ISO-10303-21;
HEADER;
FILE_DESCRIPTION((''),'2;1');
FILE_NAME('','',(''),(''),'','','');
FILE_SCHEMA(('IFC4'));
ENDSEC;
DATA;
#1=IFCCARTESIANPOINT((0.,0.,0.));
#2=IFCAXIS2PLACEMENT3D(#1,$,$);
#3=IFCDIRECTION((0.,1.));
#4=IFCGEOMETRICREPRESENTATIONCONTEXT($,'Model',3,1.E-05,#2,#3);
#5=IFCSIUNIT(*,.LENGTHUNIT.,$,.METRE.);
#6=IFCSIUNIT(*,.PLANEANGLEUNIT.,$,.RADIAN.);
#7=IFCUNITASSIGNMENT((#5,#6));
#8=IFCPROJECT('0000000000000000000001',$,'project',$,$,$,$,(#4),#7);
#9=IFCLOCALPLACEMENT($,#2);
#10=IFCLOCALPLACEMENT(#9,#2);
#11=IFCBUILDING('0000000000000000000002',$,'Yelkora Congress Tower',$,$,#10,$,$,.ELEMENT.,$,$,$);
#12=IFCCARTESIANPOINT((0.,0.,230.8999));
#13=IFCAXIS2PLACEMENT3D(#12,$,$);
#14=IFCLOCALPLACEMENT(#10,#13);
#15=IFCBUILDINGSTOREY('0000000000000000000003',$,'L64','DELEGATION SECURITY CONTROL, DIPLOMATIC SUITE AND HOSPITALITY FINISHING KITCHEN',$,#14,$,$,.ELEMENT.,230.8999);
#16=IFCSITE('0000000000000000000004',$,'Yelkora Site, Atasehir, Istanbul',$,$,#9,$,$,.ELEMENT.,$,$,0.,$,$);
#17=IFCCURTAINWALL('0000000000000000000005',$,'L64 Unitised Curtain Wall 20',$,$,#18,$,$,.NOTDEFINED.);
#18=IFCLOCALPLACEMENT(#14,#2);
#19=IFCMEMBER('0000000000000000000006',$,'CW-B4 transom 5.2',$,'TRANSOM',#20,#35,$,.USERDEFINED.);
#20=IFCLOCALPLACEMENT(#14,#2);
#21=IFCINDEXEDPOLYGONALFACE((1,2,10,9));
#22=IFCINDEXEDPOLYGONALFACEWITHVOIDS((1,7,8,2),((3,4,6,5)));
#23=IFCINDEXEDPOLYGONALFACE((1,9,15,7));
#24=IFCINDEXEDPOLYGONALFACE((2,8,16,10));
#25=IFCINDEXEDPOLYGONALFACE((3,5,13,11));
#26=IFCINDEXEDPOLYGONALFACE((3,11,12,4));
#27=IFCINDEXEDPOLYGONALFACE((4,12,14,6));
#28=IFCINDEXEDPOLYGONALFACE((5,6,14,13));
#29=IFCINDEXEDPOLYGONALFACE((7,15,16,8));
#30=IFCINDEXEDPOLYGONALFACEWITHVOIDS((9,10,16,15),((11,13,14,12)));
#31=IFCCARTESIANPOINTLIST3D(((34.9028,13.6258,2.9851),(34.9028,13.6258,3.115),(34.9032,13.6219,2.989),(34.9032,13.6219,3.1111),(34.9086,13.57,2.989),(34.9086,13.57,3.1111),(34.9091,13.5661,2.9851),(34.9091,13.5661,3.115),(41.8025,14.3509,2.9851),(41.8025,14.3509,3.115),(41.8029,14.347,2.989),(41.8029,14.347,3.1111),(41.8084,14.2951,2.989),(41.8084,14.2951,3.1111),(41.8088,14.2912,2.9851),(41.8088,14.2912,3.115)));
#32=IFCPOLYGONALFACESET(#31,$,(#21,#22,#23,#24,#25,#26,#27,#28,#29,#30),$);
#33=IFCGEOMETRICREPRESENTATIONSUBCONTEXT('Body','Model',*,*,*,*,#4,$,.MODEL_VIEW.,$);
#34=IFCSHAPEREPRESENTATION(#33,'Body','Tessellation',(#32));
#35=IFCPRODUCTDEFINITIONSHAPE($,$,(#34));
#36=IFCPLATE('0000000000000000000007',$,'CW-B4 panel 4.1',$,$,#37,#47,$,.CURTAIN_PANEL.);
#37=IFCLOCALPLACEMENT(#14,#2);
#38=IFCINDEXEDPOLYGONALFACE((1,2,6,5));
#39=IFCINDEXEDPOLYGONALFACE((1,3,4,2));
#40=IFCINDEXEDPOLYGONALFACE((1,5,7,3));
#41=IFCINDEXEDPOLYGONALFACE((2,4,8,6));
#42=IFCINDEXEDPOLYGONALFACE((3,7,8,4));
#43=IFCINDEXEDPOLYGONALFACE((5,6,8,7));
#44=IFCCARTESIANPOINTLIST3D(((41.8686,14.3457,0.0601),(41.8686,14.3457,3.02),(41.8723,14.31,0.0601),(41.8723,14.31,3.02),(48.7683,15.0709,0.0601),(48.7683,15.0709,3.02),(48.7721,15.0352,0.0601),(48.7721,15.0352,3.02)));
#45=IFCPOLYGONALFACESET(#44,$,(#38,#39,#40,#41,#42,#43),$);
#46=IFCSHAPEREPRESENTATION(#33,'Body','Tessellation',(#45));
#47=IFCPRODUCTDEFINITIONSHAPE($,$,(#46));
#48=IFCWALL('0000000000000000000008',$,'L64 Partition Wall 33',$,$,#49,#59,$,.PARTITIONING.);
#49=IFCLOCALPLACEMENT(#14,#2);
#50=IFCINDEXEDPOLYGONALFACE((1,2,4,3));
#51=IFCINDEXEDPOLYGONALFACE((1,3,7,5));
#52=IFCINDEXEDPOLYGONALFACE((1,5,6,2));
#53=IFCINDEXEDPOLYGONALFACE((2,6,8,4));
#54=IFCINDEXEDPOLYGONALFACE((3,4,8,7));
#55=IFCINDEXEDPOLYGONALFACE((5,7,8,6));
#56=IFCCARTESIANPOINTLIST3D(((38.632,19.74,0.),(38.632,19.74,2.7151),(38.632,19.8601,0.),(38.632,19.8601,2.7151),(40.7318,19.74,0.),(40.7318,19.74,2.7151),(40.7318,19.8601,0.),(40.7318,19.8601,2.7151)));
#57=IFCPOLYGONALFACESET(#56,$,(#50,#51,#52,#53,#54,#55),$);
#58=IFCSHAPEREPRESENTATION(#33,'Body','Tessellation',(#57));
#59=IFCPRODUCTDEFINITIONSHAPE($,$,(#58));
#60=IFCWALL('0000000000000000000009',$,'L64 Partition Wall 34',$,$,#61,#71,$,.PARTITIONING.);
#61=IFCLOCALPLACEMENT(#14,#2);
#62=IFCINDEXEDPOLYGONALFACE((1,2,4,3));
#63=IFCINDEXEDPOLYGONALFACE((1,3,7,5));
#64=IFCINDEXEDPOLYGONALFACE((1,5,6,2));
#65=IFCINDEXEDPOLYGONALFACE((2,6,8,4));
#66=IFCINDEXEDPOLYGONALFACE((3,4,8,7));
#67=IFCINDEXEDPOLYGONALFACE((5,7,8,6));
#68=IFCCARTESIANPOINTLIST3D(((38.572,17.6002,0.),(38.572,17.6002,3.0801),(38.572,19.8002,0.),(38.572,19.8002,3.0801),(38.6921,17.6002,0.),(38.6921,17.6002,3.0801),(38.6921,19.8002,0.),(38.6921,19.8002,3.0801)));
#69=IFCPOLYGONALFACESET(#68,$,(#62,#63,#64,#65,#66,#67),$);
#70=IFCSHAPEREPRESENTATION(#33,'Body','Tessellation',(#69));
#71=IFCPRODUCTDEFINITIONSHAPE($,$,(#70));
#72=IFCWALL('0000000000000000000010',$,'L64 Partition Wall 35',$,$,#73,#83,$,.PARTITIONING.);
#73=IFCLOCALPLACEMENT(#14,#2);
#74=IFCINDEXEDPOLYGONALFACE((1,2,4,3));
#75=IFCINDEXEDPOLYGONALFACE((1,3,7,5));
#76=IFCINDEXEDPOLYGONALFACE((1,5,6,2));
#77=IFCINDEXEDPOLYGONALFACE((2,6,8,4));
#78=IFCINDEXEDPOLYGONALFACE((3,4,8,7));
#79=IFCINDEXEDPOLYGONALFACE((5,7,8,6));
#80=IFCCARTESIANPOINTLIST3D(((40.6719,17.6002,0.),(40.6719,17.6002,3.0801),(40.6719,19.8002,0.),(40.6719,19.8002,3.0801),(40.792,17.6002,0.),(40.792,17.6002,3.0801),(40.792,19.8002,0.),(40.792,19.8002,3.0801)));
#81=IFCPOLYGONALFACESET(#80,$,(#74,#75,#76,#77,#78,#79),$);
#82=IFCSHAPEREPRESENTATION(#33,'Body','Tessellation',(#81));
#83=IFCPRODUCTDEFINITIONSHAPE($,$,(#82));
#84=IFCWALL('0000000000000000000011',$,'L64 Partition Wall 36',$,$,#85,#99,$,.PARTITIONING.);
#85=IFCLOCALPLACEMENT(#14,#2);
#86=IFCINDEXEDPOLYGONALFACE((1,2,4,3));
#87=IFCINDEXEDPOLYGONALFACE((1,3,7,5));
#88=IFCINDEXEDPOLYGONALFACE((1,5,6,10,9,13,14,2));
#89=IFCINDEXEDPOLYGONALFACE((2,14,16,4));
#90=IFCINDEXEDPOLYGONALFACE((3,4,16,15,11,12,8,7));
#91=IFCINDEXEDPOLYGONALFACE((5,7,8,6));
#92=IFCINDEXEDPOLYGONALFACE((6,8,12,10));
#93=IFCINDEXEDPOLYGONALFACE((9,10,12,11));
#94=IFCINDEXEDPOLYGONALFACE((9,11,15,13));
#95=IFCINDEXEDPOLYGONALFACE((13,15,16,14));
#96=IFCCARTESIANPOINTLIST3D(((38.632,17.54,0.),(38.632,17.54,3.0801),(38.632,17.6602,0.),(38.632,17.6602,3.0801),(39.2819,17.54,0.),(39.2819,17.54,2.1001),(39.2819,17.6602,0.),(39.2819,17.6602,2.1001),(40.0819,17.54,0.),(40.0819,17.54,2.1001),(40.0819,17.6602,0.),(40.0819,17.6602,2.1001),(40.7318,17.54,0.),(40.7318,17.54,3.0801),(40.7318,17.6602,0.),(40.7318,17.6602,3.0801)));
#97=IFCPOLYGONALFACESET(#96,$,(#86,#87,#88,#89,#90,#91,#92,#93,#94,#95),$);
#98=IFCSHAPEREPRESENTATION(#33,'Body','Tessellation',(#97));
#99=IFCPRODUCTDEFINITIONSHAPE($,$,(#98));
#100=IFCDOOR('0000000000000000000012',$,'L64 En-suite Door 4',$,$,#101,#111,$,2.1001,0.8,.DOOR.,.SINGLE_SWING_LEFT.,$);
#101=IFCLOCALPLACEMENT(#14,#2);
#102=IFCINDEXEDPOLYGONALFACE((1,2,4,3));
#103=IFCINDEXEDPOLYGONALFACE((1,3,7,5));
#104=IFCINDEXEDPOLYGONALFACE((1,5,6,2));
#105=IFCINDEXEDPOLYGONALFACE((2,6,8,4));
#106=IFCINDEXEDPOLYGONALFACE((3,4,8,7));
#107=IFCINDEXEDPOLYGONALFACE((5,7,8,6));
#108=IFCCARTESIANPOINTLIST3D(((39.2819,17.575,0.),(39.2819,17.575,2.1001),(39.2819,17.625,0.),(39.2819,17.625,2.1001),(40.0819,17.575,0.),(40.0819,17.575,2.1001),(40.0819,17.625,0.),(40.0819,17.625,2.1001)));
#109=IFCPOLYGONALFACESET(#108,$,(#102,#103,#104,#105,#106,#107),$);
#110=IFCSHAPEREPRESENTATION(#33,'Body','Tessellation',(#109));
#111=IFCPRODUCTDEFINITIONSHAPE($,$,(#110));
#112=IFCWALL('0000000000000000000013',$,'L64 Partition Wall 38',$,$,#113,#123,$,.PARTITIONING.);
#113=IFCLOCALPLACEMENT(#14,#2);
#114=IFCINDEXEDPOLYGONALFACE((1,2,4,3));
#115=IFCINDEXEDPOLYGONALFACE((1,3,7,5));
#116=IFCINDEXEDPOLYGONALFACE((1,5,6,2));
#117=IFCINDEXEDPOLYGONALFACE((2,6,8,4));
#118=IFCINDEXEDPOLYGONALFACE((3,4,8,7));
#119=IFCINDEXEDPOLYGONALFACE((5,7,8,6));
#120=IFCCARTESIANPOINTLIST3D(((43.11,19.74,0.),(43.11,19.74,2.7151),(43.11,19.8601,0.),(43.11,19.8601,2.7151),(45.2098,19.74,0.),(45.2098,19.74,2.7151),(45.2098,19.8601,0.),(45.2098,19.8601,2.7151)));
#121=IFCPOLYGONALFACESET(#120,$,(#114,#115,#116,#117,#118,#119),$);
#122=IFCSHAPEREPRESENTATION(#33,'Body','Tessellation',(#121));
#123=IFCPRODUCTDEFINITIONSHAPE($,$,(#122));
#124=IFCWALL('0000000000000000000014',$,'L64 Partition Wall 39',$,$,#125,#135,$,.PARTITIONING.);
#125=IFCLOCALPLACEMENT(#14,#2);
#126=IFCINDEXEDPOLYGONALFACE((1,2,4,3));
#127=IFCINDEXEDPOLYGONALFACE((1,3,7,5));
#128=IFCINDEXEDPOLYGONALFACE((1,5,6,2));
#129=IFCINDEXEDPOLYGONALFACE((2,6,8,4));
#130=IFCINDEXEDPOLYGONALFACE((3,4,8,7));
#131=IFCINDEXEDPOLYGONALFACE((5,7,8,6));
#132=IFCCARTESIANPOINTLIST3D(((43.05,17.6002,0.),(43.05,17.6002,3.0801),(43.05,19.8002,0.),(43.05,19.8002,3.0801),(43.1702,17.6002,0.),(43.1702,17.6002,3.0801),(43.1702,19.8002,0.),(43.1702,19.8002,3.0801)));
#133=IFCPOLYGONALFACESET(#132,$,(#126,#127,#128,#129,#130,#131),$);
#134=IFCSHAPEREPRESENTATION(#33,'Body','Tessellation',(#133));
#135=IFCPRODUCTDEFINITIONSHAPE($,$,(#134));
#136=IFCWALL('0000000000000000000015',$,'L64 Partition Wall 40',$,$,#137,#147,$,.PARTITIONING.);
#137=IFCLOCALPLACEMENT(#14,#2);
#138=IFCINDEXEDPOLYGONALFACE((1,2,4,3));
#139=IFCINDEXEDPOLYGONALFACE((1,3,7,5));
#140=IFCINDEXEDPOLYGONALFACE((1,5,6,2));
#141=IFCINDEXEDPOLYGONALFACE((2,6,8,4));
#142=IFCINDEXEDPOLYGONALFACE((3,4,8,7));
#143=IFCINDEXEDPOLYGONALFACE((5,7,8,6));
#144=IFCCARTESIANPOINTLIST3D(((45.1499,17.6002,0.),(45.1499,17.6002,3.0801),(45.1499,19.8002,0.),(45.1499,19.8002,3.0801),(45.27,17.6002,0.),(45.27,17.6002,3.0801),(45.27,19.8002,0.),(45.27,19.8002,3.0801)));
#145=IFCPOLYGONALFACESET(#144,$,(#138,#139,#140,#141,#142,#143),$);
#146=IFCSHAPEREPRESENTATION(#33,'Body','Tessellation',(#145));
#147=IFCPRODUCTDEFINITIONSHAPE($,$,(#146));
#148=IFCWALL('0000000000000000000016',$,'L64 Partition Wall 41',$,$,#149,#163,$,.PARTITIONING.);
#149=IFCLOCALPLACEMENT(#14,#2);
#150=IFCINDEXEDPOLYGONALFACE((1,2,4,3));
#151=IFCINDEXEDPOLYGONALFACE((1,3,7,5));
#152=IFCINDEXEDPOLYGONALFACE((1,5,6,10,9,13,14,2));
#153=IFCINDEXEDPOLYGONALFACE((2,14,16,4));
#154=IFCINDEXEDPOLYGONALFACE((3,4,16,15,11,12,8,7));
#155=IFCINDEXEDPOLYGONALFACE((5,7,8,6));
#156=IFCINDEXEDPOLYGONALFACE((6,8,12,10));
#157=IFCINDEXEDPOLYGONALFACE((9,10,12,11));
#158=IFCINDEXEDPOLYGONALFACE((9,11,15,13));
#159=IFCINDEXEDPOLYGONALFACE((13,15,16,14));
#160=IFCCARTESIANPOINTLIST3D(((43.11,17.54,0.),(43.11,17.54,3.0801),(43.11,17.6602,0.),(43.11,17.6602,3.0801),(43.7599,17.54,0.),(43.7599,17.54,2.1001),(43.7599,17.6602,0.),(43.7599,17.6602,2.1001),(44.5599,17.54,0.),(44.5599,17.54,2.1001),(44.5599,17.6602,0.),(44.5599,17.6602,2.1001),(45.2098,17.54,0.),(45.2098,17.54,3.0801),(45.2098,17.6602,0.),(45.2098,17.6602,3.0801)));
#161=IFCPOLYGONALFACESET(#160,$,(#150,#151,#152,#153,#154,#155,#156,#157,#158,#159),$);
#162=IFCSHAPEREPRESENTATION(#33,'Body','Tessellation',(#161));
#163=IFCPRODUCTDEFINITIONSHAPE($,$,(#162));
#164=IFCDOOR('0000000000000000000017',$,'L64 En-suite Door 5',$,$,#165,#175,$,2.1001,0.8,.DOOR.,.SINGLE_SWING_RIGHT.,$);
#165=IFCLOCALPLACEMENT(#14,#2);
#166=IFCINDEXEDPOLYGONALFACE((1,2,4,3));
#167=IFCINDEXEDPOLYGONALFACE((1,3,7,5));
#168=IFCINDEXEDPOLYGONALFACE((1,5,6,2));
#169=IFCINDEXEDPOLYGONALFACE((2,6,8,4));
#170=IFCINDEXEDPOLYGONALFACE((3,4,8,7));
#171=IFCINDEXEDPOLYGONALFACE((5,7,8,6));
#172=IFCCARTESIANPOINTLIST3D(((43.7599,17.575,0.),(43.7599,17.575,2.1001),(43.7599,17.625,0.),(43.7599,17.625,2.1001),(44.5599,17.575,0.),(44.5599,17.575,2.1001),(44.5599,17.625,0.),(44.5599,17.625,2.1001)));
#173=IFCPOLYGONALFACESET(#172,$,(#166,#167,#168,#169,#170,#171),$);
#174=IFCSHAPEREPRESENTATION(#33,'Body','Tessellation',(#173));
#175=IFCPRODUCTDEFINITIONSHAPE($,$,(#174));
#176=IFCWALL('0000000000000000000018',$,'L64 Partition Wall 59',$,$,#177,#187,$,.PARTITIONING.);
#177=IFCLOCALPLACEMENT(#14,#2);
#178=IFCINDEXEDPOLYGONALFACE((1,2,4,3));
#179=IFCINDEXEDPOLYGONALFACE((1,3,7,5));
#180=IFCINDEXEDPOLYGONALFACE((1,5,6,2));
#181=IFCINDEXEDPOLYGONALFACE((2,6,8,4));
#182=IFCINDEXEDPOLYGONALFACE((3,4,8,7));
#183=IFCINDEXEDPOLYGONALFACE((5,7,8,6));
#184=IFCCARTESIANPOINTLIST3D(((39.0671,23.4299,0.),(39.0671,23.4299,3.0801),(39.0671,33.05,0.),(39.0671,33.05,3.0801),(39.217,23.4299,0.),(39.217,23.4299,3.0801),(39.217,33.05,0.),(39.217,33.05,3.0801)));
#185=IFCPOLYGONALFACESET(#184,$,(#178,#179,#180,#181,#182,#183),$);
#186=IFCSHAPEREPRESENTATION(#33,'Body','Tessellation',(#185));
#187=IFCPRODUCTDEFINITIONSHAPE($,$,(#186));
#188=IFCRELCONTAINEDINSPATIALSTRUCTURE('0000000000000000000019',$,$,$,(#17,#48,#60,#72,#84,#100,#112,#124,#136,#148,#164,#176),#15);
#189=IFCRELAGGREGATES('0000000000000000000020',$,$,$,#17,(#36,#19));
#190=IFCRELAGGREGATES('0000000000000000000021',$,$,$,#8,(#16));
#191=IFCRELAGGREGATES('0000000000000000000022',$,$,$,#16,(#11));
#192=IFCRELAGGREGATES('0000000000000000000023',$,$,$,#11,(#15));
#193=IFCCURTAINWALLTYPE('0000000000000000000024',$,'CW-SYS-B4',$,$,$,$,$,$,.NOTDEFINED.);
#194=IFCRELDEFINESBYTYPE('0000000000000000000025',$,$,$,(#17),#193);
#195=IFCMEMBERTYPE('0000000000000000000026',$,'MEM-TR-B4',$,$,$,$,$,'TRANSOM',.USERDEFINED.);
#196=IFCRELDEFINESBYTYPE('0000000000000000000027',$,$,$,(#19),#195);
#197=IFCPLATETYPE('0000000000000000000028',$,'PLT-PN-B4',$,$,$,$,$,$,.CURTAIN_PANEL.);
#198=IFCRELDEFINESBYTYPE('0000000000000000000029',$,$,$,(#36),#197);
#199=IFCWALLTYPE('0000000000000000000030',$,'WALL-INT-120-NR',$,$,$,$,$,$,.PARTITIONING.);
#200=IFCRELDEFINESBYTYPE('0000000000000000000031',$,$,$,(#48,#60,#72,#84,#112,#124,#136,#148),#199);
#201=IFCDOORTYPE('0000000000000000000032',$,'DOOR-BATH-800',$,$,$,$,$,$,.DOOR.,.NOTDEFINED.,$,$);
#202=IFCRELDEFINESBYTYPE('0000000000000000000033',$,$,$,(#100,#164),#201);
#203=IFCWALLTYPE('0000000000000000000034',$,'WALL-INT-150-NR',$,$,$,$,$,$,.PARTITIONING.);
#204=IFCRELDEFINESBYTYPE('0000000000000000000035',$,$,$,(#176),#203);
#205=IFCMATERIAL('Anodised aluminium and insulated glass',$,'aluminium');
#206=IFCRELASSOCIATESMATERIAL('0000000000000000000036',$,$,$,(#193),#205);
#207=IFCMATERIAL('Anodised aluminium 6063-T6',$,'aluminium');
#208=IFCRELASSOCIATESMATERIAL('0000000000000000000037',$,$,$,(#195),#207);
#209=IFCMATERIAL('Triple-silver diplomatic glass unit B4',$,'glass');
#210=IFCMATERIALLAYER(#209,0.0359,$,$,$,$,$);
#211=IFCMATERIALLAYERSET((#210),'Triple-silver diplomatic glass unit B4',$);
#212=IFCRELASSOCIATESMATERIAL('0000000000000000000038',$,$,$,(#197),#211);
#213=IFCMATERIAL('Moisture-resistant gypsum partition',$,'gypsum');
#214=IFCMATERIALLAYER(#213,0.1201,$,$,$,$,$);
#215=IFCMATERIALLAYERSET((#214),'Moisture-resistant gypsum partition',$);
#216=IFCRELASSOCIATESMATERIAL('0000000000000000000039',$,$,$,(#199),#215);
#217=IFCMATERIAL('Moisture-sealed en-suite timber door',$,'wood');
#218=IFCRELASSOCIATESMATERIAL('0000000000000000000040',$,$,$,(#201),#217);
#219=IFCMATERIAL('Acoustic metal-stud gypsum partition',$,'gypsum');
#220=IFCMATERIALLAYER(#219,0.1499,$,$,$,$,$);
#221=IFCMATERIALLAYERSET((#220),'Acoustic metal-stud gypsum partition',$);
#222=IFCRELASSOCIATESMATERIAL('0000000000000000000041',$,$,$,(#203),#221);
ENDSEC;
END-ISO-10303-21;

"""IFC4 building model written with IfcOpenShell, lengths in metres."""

from ifc_helpers import new_model, si_unit, direction, frame, frame_2d, origin, origin_2d, place, context, subcontext, project, spatial, rectangle, hollow_rectangle, extrude, material, layer, layer_set, material_profile, profile_set, type_object, element, fill, aggregate, save


model = new_model("IFC4")

# Units and contexts
model_context = context("Model", 3, precision=1e-05, world=origin(), true_north=direction((0.0, 1.0)))
body_context = subcontext(model_context, "Body", "Model", "MODEL_VIEW")
ifc_project = project(units=[si_unit("LENGTHUNIT", "METRE"), si_unit("PLANEANGLEUNIT", "RADIAN")], contexts=[model_context])

# Site, building, storey
site_placement = place(None, origin())
site = spatial("IfcSite", under=ifc_project, at=site_placement, Name="Yelkora Site, Atasehir, Istanbul", CompositionType="ELEMENT", RefElevation=0.0)
building_placement = place(site_placement, origin())
building = spatial("IfcBuilding", under=site, at=building_placement, Name="Yelkora Congress Tower", CompositionType="ELEMENT")
storey_placement = place(building_placement, frame((0.0, 0.0, 230.8999)))
storey = spatial("IfcBuildingStorey", under=building, at=storey_placement, Name="L64", Description="DELEGATION SECURITY CONTROL, DIPLOMATIC SUITE AND HOSPITALITY FINISHING KITCHEN", CompositionType="ELEMENT", Elevation=230.8999)

# Curtain wall, member, plate
ifc_material_1 = material(Name="Anodised aluminium and insulated glass", Category="aluminium")
curtain_wall_type = type_object("IfcCurtainWallType", Name="CW-SYS-B4", PredefinedType="NOTDEFINED", material=ifc_material_1)
curtain_wall_placement = place(storey_placement, origin())
curtain_wall = element("IfcCurtainWall", 1, at=curtain_wall_placement, inside=storey, type_object=curtain_wall_type, Name="L64 Unitised Curtain Wall 20", PredefinedType="NOTDEFINED")
ifc_material_2 = material(Name="Anodised aluminium 6063-T6", Category="aluminium")
ifc_material_profile_1 = material_profile(ifc_material_2, hollow_rectangle(XDim=0.0601, YDim=0.1299, WallThickness=0.0039, at=origin_2d()), Name="ALU 60x130x4")
ifc_profile_set_1 = profile_set([ifc_material_profile_1], Name="Anodised aluminium 6063-T6")
member_type_1 = type_object("IfcMemberType", Name="MEM-TR-B4", ElementType="TRANSOM", PredefinedType="USERDEFINED", material=ifc_profile_set_1)
member_1_placement = place(storey_placement, frame((41.8057, 14.321, 3.05), z_axis=(-0.994523, -0.104516, 0.0), x_axis=(0.104516, -0.994523, 0.0)))
member_1 = element("IfcMember", 2, at=member_1_placement, type_object=member_type_1, Name="CW-B4 transom 5.2", ObjectType="TRANSOM", PredefinedType="USERDEFINED", context=body_context, shape_type="SweptSolid", body=[
    extrude(hollow_rectangle(XDim=0.0601, YDim=0.1299, WallThickness=0.0039, at=origin_2d()), origin(), (0.0, 0.0, 1.0), 6.9377),
])
ifc_material_3 = material(Name="Triple-silver diplomatic glass unit B4", Category="glass")
ifc_layer_1 = layer(ifc_material_3, 0.0359)
ifc_layer_set_1 = layer_set([ifc_layer_1], Name="Triple-silver diplomatic glass unit B4")
plate_type = type_object("IfcPlateType", Name="PLT-PN-B4", PredefinedType="CURTAIN_PANEL", material=ifc_layer_set_1)
plate_placement = place(storey_placement, frame((45.3203, 14.6904, 0.0601), z_axis=(0.0, 0.0, 1.0), x_axis=(-0.994522, -0.104527, 0.0)))
plate = element("IfcPlate", 3, at=plate_placement, type_object=plate_type, Name="CW-B4 panel 4.1", PredefinedType="CURTAIN_PANEL", context=body_context, shape_type="SweptSolid", body=[
    extrude(rectangle(XDim=6.9377, YDim=0.0359, at=origin_2d()), origin(), (0.0, 0.0, 1.0), 2.96),
])
aggregate(curtain_wall, [plate, member_1])

# Walls
ifc_material_4 = material(Name="Moisture-resistant gypsum partition", Category="gypsum")
ifc_layer_2 = layer(ifc_material_4, 0.1201)
ifc_layer_set_2 = layer_set([ifc_layer_2], Name="Moisture-resistant gypsum partition")
wall_type_1 = type_object("IfcWallType", Name="WALL-INT-120-NR", PredefinedType="PARTITIONING", material=ifc_layer_set_2)
wall_1_placement = place(storey_placement, frame((38.6321, 19.8, 0.0), z_axis=(0.0, 0.0, 1.0), x_axis=(1.0, 0.0, 0.0)))
element("IfcWall", 4, at=wall_1_placement, inside=storey, type_object=wall_type_1, Name="L64 Partition Wall 33", PredefinedType="PARTITIONING", context=body_context, shape_type="SweptSolid", body=[
    extrude(rectangle(XDim=2.0999, YDim=0.1201, at=frame_2d((1.0498, 0.0))), origin(), (0.0, 0.0, 1.0), 2.7151),
])
for number, where, z_axis, x_axis, name in (
    (5, (38.6321, 17.6001, 0.0), (0.0, 0.0, 1.0), (0.0, 1.0, 0.0), "L64 Partition Wall 34"),
    (6, (40.7319, 17.6001, 0.0), (0.0, 0.0, 1.0), (0.0, 1.0, 0.0), "L64 Partition Wall 35"),
):
    element("IfcWall", number, at=place(storey_placement, frame(where, z_axis=z_axis, x_axis=x_axis)), inside=storey, type_object=wall_type_1, Name=name, PredefinedType="PARTITIONING", context=body_context, shape_type="SweptSolid", body=[
        extrude(rectangle(XDim=2.2, YDim=0.1201, at=frame_2d((1.1001, 0.0))), origin(), (0.0, 0.0, 1.0), 3.0801),
    ])

# Wall, opening, door
wall_2_placement = place(storey_placement, frame((38.6321, 17.6001, 0.0), z_axis=(0.0, 0.0, 1.0), x_axis=(1.0, 0.0, 0.0)))
wall_2 = element("IfcWall", 7, at=wall_2_placement, inside=storey, type_object=wall_type_1, Name="L64 Partition Wall 36", PredefinedType="PARTITIONING", context=body_context, shape_type="SweptSolid", body=[
    extrude(rectangle(XDim=2.0999, YDim=0.1201, at=frame_2d((1.0498, 0.0))), origin(), (0.0, 0.0, 1.0), 3.0801),
])
opening_1_placement = place(wall_2_placement, frame((0.6499, 0.0, 0.0)))
opening_1 = element("IfcOpeningElement", 8, at=opening_1_placement, cuts=wall_2, PredefinedType="OPENING", context=body_context, shape_type="SweptSolid", body=[
    extrude(rectangle(XDim=0.8, YDim=2.1001, at=frame_2d((0.3999, 1.05))), frame((0.0, 0.0701, 0.0), z_axis=(0.0, -1.0, 0.0), x_axis=(1.0, 0.0, 0.0)), (0.0, 0.0, 1.0), 0.1401),
])
ifc_material_5 = material(Name="Moisture-sealed en-suite timber door", Category="wood")
door_type = type_object("IfcDoorType", Name="DOOR-BATH-800", OperationType="NOTDEFINED", PredefinedType="DOOR", material=ifc_material_5)
door_1_placement = place(opening_1_placement, origin())
door_1 = element("IfcDoor", 9, at=door_1_placement, inside=storey, type_object=door_type, Name="L64 En-suite Door 4", OperationType="SINGLE_SWING_LEFT", OverallHeight=2.1001, OverallWidth=0.8, PredefinedType="DOOR", context=body_context, shape_type="SweptSolid", body=[
    extrude(rectangle(XDim=0.8, YDim=2.1001, at=frame_2d((0.3999, 1.05))), frame((0.0, 0.0249, 0.0), z_axis=(0.0, -1.0, 0.0), x_axis=(1.0, 0.0, 0.0)), (0.0, 0.0, 1.0), 0.05),
])
fill(opening_1, door_1)

# Walls
wall_3_placement = place(storey_placement, frame((43.1101, 19.8, 0.0), z_axis=(0.0, 0.0, 1.0), x_axis=(1.0, 0.0, 0.0)))
element("IfcWall", 10, at=wall_3_placement, inside=storey, type_object=wall_type_1, Name="L64 Partition Wall 38", PredefinedType="PARTITIONING", context=body_context, shape_type="SweptSolid", body=[
    extrude(rectangle(XDim=2.0999, YDim=0.1201, at=frame_2d((1.0498, 0.0))), origin(), (0.0, 0.0, 1.0), 2.7151),
])
for number, where, z_axis, x_axis, name in (
    (11, (43.1101, 17.6001, 0.0), (0.0, 0.0, 1.0), (0.0, 1.0, 0.0), "L64 Partition Wall 39"),
    (12, (45.21, 17.6001, 0.0), (0.0, 0.0, 1.0), (0.0, 1.0, 0.0), "L64 Partition Wall 40"),
):
    element("IfcWall", number, at=place(storey_placement, frame(where, z_axis=z_axis, x_axis=x_axis)), inside=storey, type_object=wall_type_1, Name=name, PredefinedType="PARTITIONING", context=body_context, shape_type="SweptSolid", body=[
        extrude(rectangle(XDim=2.2, YDim=0.1201, at=frame_2d((1.1001, 0.0))), origin(), (0.0, 0.0, 1.0), 3.0801),
    ])

# Wall, opening, door
wall_4_placement = place(storey_placement, frame((43.1101, 17.6001, 0.0), z_axis=(0.0, 0.0, 1.0), x_axis=(1.0, 0.0, 0.0)))
wall_4 = element("IfcWall", 13, at=wall_4_placement, inside=storey, type_object=wall_type_1, Name="L64 Partition Wall 41", PredefinedType="PARTITIONING", context=body_context, shape_type="SweptSolid", body=[
    extrude(rectangle(XDim=2.0999, YDim=0.1201, at=frame_2d((1.0498, 0.0))), origin(), (0.0, 0.0, 1.0), 3.0801),
])
opening_2_placement = place(wall_4_placement, frame((0.6499, 0.0, 0.0)))
opening_2 = element("IfcOpeningElement", 14, at=opening_2_placement, cuts=wall_4, PredefinedType="OPENING", context=body_context, shape_type="SweptSolid", body=[
    extrude(rectangle(XDim=0.8, YDim=2.1001, at=frame_2d((0.3999, 1.05))), frame((0.0, 0.0701, 0.0), z_axis=(0.0, -1.0, 0.0), x_axis=(1.0, 0.0, 0.0)), (0.0, 0.0, 1.0), 0.1401),
])
door_2_placement = place(opening_2_placement, origin())
door_2 = element("IfcDoor", 15, at=door_2_placement, inside=storey, type_object=door_type, Name="L64 En-suite Door 5", OperationType="SINGLE_SWING_RIGHT", OverallHeight=2.1001, OverallWidth=0.8, PredefinedType="DOOR", context=body_context, shape_type="SweptSolid", body=[
    extrude(rectangle(XDim=0.8, YDim=2.1001, at=frame_2d((0.3999, 1.05))), frame((0.0, 0.0249, 0.0), z_axis=(0.0, -1.0, 0.0), x_axis=(1.0, 0.0, 0.0)), (0.0, 0.0, 1.0), 0.05),
])
fill(opening_2, door_2)

# Wall
ifc_material_6 = material(Name="Acoustic metal-stud gypsum partition", Category="gypsum")
ifc_layer_3 = layer(ifc_material_6, 0.1499)
ifc_layer_set_3 = layer_set([ifc_layer_3], Name="Acoustic metal-stud gypsum partition")
wall_type_2 = type_object("IfcWallType", Name="WALL-INT-150-NR", PredefinedType="PARTITIONING", material=ifc_layer_set_3)
for number, where, z_axis, x_axis, name in (
    (16, (39.1421, 23.4299, 0.0), (0.0, 0.0, 1.0), (0.0, 1.0, 0.0), "L64 Partition Wall 59"),
):
    element("IfcWall", number, at=place(storey_placement, frame(where, z_axis=z_axis, x_axis=x_axis)), inside=storey, type_object=wall_type_2, Name=name, PredefinedType="PARTITIONING", context=body_context, shape_type="SweptSolid", body=[
        extrude(rectangle(XDim=9.6201, YDim=0.1499, at=frame_2d((4.8101, 0.0))), origin(), (0.0, 0.0, 1.0), 3.0801),
    ])

save(model, "model.ifc")
